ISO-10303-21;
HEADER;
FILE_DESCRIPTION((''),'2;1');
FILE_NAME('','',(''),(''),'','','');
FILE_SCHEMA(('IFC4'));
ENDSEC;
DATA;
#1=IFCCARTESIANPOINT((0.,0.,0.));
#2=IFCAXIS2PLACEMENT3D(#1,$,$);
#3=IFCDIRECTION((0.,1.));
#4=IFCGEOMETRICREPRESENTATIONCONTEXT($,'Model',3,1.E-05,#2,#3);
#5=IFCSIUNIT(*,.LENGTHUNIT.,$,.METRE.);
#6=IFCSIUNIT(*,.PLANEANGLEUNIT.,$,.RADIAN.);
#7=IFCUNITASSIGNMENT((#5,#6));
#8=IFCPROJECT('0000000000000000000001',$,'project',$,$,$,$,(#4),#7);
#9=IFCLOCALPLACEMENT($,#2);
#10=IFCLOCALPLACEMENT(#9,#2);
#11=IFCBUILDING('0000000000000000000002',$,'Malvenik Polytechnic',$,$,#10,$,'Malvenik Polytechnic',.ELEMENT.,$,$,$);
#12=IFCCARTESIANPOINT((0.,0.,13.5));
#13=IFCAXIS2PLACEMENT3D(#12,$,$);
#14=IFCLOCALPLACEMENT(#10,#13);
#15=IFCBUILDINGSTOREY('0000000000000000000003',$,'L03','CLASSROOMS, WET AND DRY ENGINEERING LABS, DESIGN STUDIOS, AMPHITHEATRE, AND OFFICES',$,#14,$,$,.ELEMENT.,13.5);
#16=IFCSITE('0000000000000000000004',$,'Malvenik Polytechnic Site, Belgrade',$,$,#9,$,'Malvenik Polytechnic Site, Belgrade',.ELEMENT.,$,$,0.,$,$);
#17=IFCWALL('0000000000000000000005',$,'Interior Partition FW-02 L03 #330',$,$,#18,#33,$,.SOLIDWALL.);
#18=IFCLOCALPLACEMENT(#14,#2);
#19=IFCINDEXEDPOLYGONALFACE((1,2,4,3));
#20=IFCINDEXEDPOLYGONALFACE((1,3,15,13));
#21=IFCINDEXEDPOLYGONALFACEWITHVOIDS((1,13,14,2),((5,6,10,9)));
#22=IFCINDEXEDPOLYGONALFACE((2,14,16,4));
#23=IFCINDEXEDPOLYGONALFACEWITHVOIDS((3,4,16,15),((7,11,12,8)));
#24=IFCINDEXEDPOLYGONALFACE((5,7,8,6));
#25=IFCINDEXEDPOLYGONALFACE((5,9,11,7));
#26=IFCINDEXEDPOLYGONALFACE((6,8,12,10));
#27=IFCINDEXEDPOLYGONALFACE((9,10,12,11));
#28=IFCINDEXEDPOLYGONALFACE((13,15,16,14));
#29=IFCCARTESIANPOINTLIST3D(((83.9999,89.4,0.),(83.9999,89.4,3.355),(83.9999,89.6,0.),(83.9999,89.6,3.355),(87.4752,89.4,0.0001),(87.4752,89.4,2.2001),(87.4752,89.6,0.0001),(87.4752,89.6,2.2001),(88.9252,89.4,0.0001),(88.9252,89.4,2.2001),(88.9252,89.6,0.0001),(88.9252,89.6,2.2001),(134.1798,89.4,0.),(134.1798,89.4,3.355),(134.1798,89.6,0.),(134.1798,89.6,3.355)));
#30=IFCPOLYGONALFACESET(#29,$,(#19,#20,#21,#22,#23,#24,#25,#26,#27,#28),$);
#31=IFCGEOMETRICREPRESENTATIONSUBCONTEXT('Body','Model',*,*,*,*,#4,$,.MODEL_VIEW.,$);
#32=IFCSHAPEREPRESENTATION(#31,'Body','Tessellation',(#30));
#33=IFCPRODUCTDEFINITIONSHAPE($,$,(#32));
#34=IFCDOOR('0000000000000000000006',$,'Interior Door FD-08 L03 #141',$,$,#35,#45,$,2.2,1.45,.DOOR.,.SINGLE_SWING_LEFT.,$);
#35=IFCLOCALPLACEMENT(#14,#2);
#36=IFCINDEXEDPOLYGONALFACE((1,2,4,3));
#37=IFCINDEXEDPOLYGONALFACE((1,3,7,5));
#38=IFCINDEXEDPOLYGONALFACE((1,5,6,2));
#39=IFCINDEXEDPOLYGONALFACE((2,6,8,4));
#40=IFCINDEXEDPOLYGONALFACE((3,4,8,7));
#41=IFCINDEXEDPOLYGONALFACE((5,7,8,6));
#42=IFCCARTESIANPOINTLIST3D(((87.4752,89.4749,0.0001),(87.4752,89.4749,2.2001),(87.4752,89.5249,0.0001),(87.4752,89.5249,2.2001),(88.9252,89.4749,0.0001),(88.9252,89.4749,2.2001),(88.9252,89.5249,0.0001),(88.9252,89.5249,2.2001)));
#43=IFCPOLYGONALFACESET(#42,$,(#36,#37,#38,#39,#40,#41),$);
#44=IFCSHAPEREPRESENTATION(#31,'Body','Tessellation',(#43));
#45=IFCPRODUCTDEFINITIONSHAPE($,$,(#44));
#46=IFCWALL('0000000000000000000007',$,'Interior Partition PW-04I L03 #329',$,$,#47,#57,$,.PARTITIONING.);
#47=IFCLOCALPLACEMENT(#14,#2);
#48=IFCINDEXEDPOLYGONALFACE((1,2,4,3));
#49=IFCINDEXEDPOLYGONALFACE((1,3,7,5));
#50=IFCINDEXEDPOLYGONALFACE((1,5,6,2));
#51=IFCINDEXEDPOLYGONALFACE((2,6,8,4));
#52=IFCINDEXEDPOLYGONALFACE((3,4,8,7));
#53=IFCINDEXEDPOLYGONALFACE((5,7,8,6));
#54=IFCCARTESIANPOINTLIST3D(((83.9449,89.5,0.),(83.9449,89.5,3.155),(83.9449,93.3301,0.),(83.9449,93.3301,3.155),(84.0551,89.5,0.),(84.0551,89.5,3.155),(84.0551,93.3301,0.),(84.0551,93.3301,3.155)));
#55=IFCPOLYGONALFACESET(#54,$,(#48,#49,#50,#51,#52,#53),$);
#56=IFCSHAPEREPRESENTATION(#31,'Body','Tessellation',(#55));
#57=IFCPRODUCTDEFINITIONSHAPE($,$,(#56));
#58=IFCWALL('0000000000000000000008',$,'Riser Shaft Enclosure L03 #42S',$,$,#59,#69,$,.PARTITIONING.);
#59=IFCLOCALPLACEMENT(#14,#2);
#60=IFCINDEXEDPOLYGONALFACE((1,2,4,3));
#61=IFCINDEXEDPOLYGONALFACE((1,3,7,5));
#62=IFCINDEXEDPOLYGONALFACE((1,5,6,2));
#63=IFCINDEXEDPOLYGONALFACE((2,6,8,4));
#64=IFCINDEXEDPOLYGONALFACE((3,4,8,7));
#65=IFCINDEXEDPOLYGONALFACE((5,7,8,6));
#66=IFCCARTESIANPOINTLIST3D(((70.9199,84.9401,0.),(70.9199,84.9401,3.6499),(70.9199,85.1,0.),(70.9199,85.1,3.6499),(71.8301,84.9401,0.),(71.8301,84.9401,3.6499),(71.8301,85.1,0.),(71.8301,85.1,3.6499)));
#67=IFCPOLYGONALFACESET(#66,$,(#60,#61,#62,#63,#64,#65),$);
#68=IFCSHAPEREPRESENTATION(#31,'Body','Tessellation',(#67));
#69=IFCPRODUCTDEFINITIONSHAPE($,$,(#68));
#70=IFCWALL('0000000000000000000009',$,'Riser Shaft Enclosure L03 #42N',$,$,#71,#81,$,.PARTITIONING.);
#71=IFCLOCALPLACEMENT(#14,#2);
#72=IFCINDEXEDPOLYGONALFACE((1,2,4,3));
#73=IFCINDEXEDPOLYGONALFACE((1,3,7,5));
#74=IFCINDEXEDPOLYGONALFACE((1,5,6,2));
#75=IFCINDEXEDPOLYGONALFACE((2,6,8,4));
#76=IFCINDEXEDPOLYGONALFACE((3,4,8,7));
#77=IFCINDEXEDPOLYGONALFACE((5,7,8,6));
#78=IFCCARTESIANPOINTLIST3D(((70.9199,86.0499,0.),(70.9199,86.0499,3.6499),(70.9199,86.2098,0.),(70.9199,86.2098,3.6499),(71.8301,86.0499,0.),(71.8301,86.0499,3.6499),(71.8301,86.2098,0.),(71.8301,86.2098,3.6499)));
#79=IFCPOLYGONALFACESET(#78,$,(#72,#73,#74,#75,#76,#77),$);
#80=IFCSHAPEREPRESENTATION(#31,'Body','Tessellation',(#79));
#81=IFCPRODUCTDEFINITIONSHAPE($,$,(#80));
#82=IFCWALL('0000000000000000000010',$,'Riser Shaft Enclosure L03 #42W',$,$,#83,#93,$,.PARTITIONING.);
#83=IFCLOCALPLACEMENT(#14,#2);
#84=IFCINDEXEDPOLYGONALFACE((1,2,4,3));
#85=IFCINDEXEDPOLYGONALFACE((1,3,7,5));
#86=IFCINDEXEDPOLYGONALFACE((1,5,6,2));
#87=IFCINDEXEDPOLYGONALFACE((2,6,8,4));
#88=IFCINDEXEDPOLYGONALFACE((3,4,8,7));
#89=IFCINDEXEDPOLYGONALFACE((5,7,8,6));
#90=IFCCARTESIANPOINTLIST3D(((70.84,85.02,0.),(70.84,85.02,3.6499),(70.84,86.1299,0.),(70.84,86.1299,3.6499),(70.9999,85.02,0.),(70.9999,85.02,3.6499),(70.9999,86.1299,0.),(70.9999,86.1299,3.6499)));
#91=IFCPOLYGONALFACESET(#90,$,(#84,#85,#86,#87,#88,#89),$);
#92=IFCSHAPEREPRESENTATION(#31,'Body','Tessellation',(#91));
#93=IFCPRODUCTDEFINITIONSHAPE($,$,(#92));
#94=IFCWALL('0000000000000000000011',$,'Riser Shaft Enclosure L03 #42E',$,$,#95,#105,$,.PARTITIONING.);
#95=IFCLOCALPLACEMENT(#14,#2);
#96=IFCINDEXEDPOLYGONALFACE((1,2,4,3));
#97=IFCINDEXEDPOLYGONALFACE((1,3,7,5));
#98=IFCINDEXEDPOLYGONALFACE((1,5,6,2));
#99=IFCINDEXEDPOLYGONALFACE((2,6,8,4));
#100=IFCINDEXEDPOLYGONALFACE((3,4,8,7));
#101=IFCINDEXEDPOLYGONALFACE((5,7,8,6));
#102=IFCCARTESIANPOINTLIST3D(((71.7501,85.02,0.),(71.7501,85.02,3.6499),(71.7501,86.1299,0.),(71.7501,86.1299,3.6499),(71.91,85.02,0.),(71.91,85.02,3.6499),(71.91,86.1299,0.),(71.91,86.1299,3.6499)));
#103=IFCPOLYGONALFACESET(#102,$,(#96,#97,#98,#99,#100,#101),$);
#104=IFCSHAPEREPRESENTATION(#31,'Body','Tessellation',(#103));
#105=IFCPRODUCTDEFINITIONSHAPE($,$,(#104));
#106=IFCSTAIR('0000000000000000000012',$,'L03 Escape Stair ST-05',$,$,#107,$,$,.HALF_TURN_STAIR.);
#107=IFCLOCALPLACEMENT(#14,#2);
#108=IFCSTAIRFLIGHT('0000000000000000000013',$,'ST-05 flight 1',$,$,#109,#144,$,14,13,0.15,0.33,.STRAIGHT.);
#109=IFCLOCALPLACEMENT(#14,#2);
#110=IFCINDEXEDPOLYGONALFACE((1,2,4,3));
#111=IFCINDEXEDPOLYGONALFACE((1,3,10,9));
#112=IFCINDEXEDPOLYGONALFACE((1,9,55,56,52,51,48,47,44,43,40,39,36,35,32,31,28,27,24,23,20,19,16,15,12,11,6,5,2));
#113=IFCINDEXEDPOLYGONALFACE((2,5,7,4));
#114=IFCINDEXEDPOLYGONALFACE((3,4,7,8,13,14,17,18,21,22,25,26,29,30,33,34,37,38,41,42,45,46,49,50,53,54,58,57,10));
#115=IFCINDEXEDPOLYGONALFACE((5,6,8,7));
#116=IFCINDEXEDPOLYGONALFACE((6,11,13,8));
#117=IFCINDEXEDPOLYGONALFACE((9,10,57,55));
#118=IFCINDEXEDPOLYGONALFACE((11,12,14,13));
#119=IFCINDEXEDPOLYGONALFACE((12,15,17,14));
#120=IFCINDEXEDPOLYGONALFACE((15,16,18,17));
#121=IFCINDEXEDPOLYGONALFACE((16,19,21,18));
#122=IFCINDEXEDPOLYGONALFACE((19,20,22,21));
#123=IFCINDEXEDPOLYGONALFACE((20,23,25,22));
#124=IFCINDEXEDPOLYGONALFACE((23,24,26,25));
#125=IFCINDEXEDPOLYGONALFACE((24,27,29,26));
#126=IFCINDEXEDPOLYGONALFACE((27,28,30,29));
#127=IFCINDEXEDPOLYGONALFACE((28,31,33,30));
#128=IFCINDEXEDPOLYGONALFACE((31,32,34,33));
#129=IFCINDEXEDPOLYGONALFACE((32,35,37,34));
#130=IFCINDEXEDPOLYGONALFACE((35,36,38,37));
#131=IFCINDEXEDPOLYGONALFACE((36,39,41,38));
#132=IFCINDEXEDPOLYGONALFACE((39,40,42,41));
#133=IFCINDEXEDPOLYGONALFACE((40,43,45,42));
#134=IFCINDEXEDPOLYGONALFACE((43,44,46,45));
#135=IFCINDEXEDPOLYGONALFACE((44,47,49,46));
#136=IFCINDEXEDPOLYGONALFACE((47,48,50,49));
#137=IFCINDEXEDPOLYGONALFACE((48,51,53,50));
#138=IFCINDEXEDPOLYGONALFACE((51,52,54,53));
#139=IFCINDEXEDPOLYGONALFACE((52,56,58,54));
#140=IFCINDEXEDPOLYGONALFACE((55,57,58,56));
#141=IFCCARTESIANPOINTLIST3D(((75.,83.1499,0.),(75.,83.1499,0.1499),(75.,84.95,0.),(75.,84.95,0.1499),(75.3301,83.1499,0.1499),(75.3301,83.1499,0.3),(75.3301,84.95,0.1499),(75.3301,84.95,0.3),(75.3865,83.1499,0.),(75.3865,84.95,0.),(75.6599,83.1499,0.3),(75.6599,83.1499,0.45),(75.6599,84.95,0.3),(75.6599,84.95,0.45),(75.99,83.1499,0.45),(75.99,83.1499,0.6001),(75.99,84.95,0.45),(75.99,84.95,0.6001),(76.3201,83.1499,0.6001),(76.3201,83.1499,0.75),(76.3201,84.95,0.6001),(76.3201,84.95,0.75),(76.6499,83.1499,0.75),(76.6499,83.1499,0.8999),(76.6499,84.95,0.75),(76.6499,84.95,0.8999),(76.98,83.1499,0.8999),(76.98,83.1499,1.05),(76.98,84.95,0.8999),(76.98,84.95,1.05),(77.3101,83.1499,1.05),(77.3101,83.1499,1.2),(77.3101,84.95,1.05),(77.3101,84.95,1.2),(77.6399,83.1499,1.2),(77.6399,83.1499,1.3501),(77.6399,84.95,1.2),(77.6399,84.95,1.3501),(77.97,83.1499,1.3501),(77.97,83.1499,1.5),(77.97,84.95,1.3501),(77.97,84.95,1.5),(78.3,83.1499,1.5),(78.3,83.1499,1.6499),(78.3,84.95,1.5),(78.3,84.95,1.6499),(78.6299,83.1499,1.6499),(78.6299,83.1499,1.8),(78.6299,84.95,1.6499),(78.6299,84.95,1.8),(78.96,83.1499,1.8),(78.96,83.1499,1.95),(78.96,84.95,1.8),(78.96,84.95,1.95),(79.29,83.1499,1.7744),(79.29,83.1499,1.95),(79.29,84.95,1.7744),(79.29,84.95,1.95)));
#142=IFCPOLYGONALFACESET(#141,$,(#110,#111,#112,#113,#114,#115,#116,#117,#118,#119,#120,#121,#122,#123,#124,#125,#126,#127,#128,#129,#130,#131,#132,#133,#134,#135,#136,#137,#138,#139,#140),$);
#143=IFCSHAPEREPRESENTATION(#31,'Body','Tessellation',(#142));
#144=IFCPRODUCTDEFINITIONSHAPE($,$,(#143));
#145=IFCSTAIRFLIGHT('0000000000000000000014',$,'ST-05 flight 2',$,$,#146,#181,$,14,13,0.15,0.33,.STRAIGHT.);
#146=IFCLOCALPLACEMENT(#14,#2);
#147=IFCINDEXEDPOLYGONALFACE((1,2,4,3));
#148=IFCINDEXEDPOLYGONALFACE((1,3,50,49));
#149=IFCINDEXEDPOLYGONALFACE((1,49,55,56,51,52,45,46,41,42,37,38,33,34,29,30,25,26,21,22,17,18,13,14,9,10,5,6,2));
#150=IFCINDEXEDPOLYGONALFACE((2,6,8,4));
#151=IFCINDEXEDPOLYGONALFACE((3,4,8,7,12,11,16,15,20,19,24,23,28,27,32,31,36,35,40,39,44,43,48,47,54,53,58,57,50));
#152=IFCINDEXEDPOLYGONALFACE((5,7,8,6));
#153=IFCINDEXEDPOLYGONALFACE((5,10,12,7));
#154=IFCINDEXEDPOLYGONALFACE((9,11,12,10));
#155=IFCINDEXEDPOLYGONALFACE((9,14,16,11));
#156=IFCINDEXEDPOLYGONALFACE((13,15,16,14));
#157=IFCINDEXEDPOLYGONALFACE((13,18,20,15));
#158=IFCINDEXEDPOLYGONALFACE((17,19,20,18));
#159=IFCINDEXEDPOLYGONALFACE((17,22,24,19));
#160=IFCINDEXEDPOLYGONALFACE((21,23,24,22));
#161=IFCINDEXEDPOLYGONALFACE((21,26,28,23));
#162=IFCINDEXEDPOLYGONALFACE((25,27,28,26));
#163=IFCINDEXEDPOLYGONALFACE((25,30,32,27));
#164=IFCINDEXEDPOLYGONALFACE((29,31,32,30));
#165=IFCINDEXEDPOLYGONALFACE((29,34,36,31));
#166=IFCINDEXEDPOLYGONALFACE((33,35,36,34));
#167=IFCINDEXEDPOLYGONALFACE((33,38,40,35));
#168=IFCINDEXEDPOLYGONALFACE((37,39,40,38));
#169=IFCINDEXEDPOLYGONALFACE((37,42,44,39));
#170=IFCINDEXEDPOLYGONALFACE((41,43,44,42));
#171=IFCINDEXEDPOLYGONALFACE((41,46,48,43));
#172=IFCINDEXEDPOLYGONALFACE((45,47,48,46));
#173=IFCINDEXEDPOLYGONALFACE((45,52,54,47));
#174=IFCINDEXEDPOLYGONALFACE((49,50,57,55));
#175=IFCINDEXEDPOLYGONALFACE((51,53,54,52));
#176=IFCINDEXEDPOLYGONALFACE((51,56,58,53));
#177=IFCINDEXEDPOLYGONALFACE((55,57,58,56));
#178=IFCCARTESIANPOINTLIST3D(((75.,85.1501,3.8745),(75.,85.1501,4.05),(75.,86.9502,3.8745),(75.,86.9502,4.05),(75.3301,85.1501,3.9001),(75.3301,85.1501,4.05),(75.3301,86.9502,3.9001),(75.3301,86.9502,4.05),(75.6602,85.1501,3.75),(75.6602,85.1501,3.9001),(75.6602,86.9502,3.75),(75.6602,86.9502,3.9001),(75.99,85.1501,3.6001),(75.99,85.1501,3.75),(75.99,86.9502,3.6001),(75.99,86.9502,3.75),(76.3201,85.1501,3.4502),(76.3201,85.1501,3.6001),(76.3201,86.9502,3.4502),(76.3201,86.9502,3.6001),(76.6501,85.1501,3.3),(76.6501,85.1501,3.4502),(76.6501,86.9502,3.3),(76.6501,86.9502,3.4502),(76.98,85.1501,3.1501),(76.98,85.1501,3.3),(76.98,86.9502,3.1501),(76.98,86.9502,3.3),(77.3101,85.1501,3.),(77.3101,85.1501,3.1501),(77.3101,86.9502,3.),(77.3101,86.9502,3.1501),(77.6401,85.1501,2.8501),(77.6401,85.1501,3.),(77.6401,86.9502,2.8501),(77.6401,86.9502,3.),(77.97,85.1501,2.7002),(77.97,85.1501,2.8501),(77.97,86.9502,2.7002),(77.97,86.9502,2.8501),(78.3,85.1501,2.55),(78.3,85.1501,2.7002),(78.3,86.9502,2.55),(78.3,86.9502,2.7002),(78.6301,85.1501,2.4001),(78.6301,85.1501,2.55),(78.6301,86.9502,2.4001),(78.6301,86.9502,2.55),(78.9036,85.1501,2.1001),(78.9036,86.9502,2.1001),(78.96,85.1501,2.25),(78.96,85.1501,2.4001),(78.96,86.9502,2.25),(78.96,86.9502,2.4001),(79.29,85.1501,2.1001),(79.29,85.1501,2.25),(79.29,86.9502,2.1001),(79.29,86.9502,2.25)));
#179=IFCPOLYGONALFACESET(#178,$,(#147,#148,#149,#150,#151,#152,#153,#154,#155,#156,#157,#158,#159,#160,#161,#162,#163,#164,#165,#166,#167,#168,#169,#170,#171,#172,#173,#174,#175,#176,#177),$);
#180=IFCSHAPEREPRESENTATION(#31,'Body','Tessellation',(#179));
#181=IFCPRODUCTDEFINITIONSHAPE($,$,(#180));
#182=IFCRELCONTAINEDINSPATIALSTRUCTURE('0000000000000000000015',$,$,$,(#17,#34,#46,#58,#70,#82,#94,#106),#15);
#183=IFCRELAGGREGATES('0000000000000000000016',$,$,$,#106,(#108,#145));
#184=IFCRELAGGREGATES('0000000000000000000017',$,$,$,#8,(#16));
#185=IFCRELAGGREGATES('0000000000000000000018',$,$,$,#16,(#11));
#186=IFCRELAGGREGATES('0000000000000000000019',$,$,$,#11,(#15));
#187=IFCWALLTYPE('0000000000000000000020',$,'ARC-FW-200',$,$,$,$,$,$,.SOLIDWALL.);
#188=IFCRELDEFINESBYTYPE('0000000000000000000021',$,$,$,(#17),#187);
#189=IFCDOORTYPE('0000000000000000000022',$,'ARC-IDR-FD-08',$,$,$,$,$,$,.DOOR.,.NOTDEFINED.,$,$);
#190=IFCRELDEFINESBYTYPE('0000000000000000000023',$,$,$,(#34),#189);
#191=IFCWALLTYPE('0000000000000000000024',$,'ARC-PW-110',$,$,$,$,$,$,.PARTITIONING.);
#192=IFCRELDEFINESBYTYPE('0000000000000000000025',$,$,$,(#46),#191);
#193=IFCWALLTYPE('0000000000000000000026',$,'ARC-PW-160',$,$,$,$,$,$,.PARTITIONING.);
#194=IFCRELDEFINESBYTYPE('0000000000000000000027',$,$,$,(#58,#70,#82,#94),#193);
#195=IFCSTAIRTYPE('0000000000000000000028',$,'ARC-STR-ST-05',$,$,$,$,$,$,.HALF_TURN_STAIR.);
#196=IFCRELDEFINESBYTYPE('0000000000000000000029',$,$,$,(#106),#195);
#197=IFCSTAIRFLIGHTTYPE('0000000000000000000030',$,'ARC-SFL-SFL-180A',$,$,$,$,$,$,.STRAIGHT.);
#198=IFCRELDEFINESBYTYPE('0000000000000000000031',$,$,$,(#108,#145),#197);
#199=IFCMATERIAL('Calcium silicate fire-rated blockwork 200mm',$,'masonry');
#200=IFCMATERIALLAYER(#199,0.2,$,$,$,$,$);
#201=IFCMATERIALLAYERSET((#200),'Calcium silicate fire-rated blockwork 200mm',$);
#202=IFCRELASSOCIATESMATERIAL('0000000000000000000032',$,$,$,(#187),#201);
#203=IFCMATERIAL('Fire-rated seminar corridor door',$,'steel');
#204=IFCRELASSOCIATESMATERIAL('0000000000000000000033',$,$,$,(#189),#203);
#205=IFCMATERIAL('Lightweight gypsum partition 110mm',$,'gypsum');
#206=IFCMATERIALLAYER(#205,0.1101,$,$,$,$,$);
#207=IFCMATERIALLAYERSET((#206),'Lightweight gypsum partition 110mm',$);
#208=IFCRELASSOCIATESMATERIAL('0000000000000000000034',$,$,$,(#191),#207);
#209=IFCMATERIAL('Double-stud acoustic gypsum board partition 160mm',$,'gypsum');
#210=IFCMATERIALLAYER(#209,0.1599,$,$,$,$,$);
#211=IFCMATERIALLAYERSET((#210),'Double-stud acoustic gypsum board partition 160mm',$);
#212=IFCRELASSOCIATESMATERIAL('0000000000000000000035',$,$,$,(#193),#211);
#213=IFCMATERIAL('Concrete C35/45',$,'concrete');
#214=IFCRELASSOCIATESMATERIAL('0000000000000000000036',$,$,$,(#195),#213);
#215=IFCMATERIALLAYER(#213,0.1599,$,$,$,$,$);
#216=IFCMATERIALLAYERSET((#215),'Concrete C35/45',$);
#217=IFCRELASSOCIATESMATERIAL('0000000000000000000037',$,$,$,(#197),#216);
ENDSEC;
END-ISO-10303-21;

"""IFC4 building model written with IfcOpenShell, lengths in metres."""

from ifc_helpers import new_model, si_unit, direction, frame, frame_2d, origin, place, context, subcontext, project, spatial, polyline, rectangle, outline, extrude, material, layer, layer_set, type_object, element, fill, aggregate, save


model = new_model("IFC4")

# Units and contexts
model_context = context("Model", 3, precision=1e-05, world=origin(), true_north=direction((0.0, 1.0)))
body_context = subcontext(model_context, "Body", "Model", "MODEL_VIEW")
ifc_project = project(units=[si_unit("LENGTHUNIT", "METRE"), si_unit("PLANEANGLEUNIT", "RADIAN")], contexts=[model_context])

# Site, building, storey
site_placement = place(None, origin())
site = spatial("IfcSite", under=ifc_project, at=site_placement, Name="Malvenik Polytechnic Site, Belgrade", LongName="Malvenik Polytechnic Site, Belgrade", CompositionType="ELEMENT", RefElevation=0.0)
building_placement = place(site_placement, origin())
building = spatial("IfcBuilding", under=site, at=building_placement, Name="Malvenik Polytechnic", LongName="Malvenik Polytechnic", CompositionType="ELEMENT")
storey_placement = place(building_placement, frame((0.0, 0.0, 13.5)))
storey = spatial("IfcBuildingStorey", under=building, at=storey_placement, Name="L03", Description="CLASSROOMS, WET AND DRY ENGINEERING LABS, DESIGN STUDIOS, AMPHITHEATRE, AND OFFICES", CompositionType="ELEMENT", Elevation=13.5)

# Shared definitions
ifc_material_1 = material(Name="Concrete C35/45", Category="concrete")

# Wall, opening, door
ifc_material_2 = material(Name="Calcium silicate fire-rated blockwork 200mm", Category="masonry")
ifc_layer_1 = layer(ifc_material_2, 0.2)
ifc_layer_set_1 = layer_set([ifc_layer_1], Name="Calcium silicate fire-rated blockwork 200mm")
wall_type_1 = type_object("IfcWallType", Name="ARC-FW-200", PredefinedType="SOLIDWALL", material=ifc_layer_set_1)
wall_1_placement = place(storey_placement, frame((84.0, 89.5, 0.0), z_axis=(0.0, 0.0, 1.0), x_axis=(1.0, 0.0, 0.0)))
wall_1 = element("IfcWall", 1, at=wall_1_placement, inside=storey, type_object=wall_type_1, Name="Interior Partition FW-02 L03 #330", PredefinedType="SOLIDWALL", context=body_context, shape_type="SweptSolid", body=[
    extrude(rectangle(XDim=50.1799, YDim=0.2, at=frame_2d((25.0898, 0.0))), origin(), (0.0, 0.0, 1.0), 3.355),
])
opening_1_placement = place(wall_1_placement, frame((3.4751, 0.0, 0.0)))
opening_1 = element("IfcOpeningElement", 2, at=opening_1_placement, cuts=wall_1, PredefinedType="OPENING", context=body_context, shape_type="SweptSolid", body=[
    extrude(rectangle(XDim=1.45, YDim=2.2, at=frame_2d((0.7251, 1.1001))), frame((0.0, 0.1099, 0.0), z_axis=(0.0, -1.0, 0.0), x_axis=(1.0, 0.0, 0.0)), (0.0, 0.0, 1.0), 0.22),
])
ifc_material_3 = material(Name="Fire-rated seminar corridor door", Category="steel")
door_type_1 = type_object("IfcDoorType", Name="ARC-IDR-FD-08", OperationType="NOTDEFINED", PredefinedType="DOOR", material=ifc_material_3)
door_1_placement = place(opening_1_placement, origin())
door_1 = element("IfcDoor", 3, at=door_1_placement, inside=storey, type_object=door_type_1, Name="Interior Door FD-08 L03 #141", OperationType="SINGLE_SWING_LEFT", OverallHeight=2.2, OverallWidth=1.45, PredefinedType="DOOR", context=body_context, shape_type="SweptSolid", body=[
    extrude(rectangle(XDim=1.45, YDim=2.2, at=frame_2d((0.7251, 1.1001))), frame((0.0, 0.0249, 0.0), z_axis=(0.0, -1.0, 0.0), x_axis=(1.0, 0.0, 0.0)), (0.0, 0.0, 1.0), 0.05),
])
fill(opening_1, door_1)

# Walls
ifc_material_4 = material(Name="Lightweight gypsum partition 110mm", Category="gypsum")
ifc_layer_2 = layer(ifc_material_4, 0.1101)
ifc_layer_set_2 = layer_set([ifc_layer_2], Name="Lightweight gypsum partition 110mm")
wall_type_2 = type_object("IfcWallType", Name="ARC-PW-110", PredefinedType="PARTITIONING", material=ifc_layer_set_2)
wall_2_placement = place(storey_placement, frame((84.0, 89.5, 0.0), z_axis=(0.0, 0.0, 1.0), x_axis=(0.0, 1.0, 0.0)))
element("IfcWall", 4, at=wall_2_placement, inside=storey, type_object=wall_type_2, Name="Interior Partition PW-04I L03 #329", PredefinedType="PARTITIONING", context=body_context, shape_type="SweptSolid", body=[
    extrude(rectangle(XDim=3.8301, YDim=0.1101, at=frame_2d((1.915, 0.0))), origin(), (0.0, 0.0, 1.0), 3.155),
])
ifc_material_5 = material(Name="Double-stud acoustic gypsum board partition 160mm", Category="gypsum")
ifc_layer_3 = layer(ifc_material_5, 0.1599)
ifc_layer_set_3 = layer_set([ifc_layer_3], Name="Double-stud acoustic gypsum board partition 160mm")
wall_type_3 = type_object("IfcWallType", Name="ARC-PW-160", PredefinedType="PARTITIONING", material=ifc_layer_set_3)
for number, where, z_axis, x_axis, name in (
    (5, (70.9199, 85.02, 0.0), (0.0, 0.0, 1.0), (1.0, 0.0, 0.0), "Riser Shaft Enclosure L03 #42S"),
    (6, (71.8301, 86.1299, 0.0), (0.0, 0.0, 1.0), (-1.0, 0.0, 0.0), "Riser Shaft Enclosure L03 #42N"),
):
    element("IfcWall", number, at=place(storey_placement, frame(where, z_axis=z_axis, x_axis=x_axis)), inside=storey, type_object=wall_type_3, Name=name, PredefinedType="PARTITIONING", context=body_context, shape_type="SweptSolid", body=[
        extrude(rectangle(XDim=0.9102, YDim=0.1599, at=frame_2d((0.4551, 0.0))), origin(), (0.0, 0.0, 1.0), 3.6499),
    ])
for number, where, z_axis, x_axis, name in (
    (7, (70.9199, 86.1299, 0.0), (0.0, 0.0, 1.0), (0.0, -1.0, 0.0), "Riser Shaft Enclosure L03 #42W"),
    (8, (71.8301, 85.02, 0.0), (0.0, 0.0, 1.0), (0.0, 1.0, 0.0), "Riser Shaft Enclosure L03 #42E"),
):
    element("IfcWall", number, at=place(storey_placement, frame(where, z_axis=z_axis, x_axis=x_axis)), inside=storey, type_object=wall_type_3, Name=name, PredefinedType="PARTITIONING", context=body_context, shape_type="SweptSolid", body=[
        extrude(rectangle(XDim=1.1099, YDim=0.1599, at=frame_2d((0.5549, 0.0))), origin(), (0.0, 0.0, 1.0), 3.6499),
    ])

# Stair, stair flights
stair_type = type_object("IfcStairType", Name="ARC-STR-ST-05", PredefinedType="HALF_TURN_STAIR", material=ifc_material_1)
stair_placement = place(storey_placement, origin())
stair = element("IfcStair", 9, at=stair_placement, inside=storey, type_object=stair_type, Name="L03 Escape Stair ST-05", PredefinedType="HALF_TURN_STAIR")
ifc_layer_4 = layer(ifc_material_1, 0.1599)
ifc_layer_set_4 = layer_set([ifc_layer_4], Name="Concrete C35/45")
stair_flight_type = type_object("IfcStairFlightType", Name="ARC-SFL-SFL-180A", PredefinedType="STRAIGHT", material=ifc_layer_set_4)
stair_flight_1_placement = place(storey_placement, frame((75.0, 84.05, 0.0), z_axis=(0.0, 0.0, 1.0), x_axis=(1.0, 0.0, 0.0)))
stair_flight_1 = element("IfcStairFlight", 10, at=stair_flight_1_placement, type_object=stair_flight_type, Name="ST-05 flight 1", NumberOfRisers=14, NumberOfTreads=13, PredefinedType="STRAIGHT", RiserHeight=0.15, TreadLength=0.33, context=body_context, shape_type="SweptSolid", body=[
    extrude(outline(polyline([(0.0, 0.0), (0.0, 0.1499), (0.3301, 0.1499), (0.3301, 0.3), (0.6599, 0.3), (0.6599, 0.45), (0.99, 0.45), (0.99, 0.6001), (1.3201, 0.6001), (1.3201, 0.75), (1.6499, 0.75), (1.6499, 0.8999), (1.98, 0.8999), (1.98, 1.05), (2.3101, 1.05), (2.3101, 1.2), (2.6399, 1.2), (2.6399, 1.3501), (2.97, 1.3501), (2.97, 1.5), (3.3, 1.5), (3.3, 1.6499), (3.6299, 1.6499), (3.6299, 1.8), (3.96, 1.8), (3.96, 1.95), (4.29, 1.95), (4.29, 2.1001), (4.29, 1.7744), (0.3865, 0.0), (0.0, 0.0)])), frame((0.0, 0.8999, 0.0), z_axis=(0.0, -1.0, 0.0), x_axis=(1.0, 0.0, 0.0)), (0.0, 0.0, 1.0), 1.8),
])
stair_flight_2_placement = place(storey_placement, frame((79.29, 86.05, 2.1001), z_axis=(0.0, 0.0, 1.0), x_axis=(-1.0, 0.0, 0.0)))
stair_flight_2 = element("IfcStairFlight", 11, at=stair_flight_2_placement, type_object=stair_flight_type, Name="ST-05 flight 2", NumberOfRisers=14, NumberOfTreads=13, PredefinedType="STRAIGHT", RiserHeight=0.15, TreadLength=0.33, context=body_context, shape_type="SweptSolid", body=[
    extrude(outline(polyline([(0.0, 0.0), (0.0, 0.1499), (0.3301, 0.1499), (0.3301, 0.3), (0.6599, 0.3), (0.6599, 0.45), (0.99, 0.45), (0.99, 0.6001), (1.3201, 0.6001), (1.3201, 0.75), (1.6499, 0.75), (1.6499, 0.8999), (1.98, 0.8999), (1.98, 1.05), (2.3101, 1.05), (2.3101, 1.2), (2.6399, 1.2), (2.6399, 1.3501), (2.97, 1.3501), (2.97, 1.5), (3.3, 1.5), (3.3, 1.6499), (3.6299, 1.6499), (3.6299, 1.8), (3.96, 1.8), (3.96, 1.95), (4.29, 1.95), (4.29, 2.1001), (4.29, 1.7744), (0.3865, 0.0), (0.0, 0.0)])), frame((0.0, 0.8999, 0.0), z_axis=(0.0, -1.0, 0.0), x_axis=(1.0, 0.0, 0.0)), (0.0, 0.0, 1.0), 1.8),
])
aggregate(stair, [stair_flight_1, stair_flight_2])

save(model, "model.ifc")
